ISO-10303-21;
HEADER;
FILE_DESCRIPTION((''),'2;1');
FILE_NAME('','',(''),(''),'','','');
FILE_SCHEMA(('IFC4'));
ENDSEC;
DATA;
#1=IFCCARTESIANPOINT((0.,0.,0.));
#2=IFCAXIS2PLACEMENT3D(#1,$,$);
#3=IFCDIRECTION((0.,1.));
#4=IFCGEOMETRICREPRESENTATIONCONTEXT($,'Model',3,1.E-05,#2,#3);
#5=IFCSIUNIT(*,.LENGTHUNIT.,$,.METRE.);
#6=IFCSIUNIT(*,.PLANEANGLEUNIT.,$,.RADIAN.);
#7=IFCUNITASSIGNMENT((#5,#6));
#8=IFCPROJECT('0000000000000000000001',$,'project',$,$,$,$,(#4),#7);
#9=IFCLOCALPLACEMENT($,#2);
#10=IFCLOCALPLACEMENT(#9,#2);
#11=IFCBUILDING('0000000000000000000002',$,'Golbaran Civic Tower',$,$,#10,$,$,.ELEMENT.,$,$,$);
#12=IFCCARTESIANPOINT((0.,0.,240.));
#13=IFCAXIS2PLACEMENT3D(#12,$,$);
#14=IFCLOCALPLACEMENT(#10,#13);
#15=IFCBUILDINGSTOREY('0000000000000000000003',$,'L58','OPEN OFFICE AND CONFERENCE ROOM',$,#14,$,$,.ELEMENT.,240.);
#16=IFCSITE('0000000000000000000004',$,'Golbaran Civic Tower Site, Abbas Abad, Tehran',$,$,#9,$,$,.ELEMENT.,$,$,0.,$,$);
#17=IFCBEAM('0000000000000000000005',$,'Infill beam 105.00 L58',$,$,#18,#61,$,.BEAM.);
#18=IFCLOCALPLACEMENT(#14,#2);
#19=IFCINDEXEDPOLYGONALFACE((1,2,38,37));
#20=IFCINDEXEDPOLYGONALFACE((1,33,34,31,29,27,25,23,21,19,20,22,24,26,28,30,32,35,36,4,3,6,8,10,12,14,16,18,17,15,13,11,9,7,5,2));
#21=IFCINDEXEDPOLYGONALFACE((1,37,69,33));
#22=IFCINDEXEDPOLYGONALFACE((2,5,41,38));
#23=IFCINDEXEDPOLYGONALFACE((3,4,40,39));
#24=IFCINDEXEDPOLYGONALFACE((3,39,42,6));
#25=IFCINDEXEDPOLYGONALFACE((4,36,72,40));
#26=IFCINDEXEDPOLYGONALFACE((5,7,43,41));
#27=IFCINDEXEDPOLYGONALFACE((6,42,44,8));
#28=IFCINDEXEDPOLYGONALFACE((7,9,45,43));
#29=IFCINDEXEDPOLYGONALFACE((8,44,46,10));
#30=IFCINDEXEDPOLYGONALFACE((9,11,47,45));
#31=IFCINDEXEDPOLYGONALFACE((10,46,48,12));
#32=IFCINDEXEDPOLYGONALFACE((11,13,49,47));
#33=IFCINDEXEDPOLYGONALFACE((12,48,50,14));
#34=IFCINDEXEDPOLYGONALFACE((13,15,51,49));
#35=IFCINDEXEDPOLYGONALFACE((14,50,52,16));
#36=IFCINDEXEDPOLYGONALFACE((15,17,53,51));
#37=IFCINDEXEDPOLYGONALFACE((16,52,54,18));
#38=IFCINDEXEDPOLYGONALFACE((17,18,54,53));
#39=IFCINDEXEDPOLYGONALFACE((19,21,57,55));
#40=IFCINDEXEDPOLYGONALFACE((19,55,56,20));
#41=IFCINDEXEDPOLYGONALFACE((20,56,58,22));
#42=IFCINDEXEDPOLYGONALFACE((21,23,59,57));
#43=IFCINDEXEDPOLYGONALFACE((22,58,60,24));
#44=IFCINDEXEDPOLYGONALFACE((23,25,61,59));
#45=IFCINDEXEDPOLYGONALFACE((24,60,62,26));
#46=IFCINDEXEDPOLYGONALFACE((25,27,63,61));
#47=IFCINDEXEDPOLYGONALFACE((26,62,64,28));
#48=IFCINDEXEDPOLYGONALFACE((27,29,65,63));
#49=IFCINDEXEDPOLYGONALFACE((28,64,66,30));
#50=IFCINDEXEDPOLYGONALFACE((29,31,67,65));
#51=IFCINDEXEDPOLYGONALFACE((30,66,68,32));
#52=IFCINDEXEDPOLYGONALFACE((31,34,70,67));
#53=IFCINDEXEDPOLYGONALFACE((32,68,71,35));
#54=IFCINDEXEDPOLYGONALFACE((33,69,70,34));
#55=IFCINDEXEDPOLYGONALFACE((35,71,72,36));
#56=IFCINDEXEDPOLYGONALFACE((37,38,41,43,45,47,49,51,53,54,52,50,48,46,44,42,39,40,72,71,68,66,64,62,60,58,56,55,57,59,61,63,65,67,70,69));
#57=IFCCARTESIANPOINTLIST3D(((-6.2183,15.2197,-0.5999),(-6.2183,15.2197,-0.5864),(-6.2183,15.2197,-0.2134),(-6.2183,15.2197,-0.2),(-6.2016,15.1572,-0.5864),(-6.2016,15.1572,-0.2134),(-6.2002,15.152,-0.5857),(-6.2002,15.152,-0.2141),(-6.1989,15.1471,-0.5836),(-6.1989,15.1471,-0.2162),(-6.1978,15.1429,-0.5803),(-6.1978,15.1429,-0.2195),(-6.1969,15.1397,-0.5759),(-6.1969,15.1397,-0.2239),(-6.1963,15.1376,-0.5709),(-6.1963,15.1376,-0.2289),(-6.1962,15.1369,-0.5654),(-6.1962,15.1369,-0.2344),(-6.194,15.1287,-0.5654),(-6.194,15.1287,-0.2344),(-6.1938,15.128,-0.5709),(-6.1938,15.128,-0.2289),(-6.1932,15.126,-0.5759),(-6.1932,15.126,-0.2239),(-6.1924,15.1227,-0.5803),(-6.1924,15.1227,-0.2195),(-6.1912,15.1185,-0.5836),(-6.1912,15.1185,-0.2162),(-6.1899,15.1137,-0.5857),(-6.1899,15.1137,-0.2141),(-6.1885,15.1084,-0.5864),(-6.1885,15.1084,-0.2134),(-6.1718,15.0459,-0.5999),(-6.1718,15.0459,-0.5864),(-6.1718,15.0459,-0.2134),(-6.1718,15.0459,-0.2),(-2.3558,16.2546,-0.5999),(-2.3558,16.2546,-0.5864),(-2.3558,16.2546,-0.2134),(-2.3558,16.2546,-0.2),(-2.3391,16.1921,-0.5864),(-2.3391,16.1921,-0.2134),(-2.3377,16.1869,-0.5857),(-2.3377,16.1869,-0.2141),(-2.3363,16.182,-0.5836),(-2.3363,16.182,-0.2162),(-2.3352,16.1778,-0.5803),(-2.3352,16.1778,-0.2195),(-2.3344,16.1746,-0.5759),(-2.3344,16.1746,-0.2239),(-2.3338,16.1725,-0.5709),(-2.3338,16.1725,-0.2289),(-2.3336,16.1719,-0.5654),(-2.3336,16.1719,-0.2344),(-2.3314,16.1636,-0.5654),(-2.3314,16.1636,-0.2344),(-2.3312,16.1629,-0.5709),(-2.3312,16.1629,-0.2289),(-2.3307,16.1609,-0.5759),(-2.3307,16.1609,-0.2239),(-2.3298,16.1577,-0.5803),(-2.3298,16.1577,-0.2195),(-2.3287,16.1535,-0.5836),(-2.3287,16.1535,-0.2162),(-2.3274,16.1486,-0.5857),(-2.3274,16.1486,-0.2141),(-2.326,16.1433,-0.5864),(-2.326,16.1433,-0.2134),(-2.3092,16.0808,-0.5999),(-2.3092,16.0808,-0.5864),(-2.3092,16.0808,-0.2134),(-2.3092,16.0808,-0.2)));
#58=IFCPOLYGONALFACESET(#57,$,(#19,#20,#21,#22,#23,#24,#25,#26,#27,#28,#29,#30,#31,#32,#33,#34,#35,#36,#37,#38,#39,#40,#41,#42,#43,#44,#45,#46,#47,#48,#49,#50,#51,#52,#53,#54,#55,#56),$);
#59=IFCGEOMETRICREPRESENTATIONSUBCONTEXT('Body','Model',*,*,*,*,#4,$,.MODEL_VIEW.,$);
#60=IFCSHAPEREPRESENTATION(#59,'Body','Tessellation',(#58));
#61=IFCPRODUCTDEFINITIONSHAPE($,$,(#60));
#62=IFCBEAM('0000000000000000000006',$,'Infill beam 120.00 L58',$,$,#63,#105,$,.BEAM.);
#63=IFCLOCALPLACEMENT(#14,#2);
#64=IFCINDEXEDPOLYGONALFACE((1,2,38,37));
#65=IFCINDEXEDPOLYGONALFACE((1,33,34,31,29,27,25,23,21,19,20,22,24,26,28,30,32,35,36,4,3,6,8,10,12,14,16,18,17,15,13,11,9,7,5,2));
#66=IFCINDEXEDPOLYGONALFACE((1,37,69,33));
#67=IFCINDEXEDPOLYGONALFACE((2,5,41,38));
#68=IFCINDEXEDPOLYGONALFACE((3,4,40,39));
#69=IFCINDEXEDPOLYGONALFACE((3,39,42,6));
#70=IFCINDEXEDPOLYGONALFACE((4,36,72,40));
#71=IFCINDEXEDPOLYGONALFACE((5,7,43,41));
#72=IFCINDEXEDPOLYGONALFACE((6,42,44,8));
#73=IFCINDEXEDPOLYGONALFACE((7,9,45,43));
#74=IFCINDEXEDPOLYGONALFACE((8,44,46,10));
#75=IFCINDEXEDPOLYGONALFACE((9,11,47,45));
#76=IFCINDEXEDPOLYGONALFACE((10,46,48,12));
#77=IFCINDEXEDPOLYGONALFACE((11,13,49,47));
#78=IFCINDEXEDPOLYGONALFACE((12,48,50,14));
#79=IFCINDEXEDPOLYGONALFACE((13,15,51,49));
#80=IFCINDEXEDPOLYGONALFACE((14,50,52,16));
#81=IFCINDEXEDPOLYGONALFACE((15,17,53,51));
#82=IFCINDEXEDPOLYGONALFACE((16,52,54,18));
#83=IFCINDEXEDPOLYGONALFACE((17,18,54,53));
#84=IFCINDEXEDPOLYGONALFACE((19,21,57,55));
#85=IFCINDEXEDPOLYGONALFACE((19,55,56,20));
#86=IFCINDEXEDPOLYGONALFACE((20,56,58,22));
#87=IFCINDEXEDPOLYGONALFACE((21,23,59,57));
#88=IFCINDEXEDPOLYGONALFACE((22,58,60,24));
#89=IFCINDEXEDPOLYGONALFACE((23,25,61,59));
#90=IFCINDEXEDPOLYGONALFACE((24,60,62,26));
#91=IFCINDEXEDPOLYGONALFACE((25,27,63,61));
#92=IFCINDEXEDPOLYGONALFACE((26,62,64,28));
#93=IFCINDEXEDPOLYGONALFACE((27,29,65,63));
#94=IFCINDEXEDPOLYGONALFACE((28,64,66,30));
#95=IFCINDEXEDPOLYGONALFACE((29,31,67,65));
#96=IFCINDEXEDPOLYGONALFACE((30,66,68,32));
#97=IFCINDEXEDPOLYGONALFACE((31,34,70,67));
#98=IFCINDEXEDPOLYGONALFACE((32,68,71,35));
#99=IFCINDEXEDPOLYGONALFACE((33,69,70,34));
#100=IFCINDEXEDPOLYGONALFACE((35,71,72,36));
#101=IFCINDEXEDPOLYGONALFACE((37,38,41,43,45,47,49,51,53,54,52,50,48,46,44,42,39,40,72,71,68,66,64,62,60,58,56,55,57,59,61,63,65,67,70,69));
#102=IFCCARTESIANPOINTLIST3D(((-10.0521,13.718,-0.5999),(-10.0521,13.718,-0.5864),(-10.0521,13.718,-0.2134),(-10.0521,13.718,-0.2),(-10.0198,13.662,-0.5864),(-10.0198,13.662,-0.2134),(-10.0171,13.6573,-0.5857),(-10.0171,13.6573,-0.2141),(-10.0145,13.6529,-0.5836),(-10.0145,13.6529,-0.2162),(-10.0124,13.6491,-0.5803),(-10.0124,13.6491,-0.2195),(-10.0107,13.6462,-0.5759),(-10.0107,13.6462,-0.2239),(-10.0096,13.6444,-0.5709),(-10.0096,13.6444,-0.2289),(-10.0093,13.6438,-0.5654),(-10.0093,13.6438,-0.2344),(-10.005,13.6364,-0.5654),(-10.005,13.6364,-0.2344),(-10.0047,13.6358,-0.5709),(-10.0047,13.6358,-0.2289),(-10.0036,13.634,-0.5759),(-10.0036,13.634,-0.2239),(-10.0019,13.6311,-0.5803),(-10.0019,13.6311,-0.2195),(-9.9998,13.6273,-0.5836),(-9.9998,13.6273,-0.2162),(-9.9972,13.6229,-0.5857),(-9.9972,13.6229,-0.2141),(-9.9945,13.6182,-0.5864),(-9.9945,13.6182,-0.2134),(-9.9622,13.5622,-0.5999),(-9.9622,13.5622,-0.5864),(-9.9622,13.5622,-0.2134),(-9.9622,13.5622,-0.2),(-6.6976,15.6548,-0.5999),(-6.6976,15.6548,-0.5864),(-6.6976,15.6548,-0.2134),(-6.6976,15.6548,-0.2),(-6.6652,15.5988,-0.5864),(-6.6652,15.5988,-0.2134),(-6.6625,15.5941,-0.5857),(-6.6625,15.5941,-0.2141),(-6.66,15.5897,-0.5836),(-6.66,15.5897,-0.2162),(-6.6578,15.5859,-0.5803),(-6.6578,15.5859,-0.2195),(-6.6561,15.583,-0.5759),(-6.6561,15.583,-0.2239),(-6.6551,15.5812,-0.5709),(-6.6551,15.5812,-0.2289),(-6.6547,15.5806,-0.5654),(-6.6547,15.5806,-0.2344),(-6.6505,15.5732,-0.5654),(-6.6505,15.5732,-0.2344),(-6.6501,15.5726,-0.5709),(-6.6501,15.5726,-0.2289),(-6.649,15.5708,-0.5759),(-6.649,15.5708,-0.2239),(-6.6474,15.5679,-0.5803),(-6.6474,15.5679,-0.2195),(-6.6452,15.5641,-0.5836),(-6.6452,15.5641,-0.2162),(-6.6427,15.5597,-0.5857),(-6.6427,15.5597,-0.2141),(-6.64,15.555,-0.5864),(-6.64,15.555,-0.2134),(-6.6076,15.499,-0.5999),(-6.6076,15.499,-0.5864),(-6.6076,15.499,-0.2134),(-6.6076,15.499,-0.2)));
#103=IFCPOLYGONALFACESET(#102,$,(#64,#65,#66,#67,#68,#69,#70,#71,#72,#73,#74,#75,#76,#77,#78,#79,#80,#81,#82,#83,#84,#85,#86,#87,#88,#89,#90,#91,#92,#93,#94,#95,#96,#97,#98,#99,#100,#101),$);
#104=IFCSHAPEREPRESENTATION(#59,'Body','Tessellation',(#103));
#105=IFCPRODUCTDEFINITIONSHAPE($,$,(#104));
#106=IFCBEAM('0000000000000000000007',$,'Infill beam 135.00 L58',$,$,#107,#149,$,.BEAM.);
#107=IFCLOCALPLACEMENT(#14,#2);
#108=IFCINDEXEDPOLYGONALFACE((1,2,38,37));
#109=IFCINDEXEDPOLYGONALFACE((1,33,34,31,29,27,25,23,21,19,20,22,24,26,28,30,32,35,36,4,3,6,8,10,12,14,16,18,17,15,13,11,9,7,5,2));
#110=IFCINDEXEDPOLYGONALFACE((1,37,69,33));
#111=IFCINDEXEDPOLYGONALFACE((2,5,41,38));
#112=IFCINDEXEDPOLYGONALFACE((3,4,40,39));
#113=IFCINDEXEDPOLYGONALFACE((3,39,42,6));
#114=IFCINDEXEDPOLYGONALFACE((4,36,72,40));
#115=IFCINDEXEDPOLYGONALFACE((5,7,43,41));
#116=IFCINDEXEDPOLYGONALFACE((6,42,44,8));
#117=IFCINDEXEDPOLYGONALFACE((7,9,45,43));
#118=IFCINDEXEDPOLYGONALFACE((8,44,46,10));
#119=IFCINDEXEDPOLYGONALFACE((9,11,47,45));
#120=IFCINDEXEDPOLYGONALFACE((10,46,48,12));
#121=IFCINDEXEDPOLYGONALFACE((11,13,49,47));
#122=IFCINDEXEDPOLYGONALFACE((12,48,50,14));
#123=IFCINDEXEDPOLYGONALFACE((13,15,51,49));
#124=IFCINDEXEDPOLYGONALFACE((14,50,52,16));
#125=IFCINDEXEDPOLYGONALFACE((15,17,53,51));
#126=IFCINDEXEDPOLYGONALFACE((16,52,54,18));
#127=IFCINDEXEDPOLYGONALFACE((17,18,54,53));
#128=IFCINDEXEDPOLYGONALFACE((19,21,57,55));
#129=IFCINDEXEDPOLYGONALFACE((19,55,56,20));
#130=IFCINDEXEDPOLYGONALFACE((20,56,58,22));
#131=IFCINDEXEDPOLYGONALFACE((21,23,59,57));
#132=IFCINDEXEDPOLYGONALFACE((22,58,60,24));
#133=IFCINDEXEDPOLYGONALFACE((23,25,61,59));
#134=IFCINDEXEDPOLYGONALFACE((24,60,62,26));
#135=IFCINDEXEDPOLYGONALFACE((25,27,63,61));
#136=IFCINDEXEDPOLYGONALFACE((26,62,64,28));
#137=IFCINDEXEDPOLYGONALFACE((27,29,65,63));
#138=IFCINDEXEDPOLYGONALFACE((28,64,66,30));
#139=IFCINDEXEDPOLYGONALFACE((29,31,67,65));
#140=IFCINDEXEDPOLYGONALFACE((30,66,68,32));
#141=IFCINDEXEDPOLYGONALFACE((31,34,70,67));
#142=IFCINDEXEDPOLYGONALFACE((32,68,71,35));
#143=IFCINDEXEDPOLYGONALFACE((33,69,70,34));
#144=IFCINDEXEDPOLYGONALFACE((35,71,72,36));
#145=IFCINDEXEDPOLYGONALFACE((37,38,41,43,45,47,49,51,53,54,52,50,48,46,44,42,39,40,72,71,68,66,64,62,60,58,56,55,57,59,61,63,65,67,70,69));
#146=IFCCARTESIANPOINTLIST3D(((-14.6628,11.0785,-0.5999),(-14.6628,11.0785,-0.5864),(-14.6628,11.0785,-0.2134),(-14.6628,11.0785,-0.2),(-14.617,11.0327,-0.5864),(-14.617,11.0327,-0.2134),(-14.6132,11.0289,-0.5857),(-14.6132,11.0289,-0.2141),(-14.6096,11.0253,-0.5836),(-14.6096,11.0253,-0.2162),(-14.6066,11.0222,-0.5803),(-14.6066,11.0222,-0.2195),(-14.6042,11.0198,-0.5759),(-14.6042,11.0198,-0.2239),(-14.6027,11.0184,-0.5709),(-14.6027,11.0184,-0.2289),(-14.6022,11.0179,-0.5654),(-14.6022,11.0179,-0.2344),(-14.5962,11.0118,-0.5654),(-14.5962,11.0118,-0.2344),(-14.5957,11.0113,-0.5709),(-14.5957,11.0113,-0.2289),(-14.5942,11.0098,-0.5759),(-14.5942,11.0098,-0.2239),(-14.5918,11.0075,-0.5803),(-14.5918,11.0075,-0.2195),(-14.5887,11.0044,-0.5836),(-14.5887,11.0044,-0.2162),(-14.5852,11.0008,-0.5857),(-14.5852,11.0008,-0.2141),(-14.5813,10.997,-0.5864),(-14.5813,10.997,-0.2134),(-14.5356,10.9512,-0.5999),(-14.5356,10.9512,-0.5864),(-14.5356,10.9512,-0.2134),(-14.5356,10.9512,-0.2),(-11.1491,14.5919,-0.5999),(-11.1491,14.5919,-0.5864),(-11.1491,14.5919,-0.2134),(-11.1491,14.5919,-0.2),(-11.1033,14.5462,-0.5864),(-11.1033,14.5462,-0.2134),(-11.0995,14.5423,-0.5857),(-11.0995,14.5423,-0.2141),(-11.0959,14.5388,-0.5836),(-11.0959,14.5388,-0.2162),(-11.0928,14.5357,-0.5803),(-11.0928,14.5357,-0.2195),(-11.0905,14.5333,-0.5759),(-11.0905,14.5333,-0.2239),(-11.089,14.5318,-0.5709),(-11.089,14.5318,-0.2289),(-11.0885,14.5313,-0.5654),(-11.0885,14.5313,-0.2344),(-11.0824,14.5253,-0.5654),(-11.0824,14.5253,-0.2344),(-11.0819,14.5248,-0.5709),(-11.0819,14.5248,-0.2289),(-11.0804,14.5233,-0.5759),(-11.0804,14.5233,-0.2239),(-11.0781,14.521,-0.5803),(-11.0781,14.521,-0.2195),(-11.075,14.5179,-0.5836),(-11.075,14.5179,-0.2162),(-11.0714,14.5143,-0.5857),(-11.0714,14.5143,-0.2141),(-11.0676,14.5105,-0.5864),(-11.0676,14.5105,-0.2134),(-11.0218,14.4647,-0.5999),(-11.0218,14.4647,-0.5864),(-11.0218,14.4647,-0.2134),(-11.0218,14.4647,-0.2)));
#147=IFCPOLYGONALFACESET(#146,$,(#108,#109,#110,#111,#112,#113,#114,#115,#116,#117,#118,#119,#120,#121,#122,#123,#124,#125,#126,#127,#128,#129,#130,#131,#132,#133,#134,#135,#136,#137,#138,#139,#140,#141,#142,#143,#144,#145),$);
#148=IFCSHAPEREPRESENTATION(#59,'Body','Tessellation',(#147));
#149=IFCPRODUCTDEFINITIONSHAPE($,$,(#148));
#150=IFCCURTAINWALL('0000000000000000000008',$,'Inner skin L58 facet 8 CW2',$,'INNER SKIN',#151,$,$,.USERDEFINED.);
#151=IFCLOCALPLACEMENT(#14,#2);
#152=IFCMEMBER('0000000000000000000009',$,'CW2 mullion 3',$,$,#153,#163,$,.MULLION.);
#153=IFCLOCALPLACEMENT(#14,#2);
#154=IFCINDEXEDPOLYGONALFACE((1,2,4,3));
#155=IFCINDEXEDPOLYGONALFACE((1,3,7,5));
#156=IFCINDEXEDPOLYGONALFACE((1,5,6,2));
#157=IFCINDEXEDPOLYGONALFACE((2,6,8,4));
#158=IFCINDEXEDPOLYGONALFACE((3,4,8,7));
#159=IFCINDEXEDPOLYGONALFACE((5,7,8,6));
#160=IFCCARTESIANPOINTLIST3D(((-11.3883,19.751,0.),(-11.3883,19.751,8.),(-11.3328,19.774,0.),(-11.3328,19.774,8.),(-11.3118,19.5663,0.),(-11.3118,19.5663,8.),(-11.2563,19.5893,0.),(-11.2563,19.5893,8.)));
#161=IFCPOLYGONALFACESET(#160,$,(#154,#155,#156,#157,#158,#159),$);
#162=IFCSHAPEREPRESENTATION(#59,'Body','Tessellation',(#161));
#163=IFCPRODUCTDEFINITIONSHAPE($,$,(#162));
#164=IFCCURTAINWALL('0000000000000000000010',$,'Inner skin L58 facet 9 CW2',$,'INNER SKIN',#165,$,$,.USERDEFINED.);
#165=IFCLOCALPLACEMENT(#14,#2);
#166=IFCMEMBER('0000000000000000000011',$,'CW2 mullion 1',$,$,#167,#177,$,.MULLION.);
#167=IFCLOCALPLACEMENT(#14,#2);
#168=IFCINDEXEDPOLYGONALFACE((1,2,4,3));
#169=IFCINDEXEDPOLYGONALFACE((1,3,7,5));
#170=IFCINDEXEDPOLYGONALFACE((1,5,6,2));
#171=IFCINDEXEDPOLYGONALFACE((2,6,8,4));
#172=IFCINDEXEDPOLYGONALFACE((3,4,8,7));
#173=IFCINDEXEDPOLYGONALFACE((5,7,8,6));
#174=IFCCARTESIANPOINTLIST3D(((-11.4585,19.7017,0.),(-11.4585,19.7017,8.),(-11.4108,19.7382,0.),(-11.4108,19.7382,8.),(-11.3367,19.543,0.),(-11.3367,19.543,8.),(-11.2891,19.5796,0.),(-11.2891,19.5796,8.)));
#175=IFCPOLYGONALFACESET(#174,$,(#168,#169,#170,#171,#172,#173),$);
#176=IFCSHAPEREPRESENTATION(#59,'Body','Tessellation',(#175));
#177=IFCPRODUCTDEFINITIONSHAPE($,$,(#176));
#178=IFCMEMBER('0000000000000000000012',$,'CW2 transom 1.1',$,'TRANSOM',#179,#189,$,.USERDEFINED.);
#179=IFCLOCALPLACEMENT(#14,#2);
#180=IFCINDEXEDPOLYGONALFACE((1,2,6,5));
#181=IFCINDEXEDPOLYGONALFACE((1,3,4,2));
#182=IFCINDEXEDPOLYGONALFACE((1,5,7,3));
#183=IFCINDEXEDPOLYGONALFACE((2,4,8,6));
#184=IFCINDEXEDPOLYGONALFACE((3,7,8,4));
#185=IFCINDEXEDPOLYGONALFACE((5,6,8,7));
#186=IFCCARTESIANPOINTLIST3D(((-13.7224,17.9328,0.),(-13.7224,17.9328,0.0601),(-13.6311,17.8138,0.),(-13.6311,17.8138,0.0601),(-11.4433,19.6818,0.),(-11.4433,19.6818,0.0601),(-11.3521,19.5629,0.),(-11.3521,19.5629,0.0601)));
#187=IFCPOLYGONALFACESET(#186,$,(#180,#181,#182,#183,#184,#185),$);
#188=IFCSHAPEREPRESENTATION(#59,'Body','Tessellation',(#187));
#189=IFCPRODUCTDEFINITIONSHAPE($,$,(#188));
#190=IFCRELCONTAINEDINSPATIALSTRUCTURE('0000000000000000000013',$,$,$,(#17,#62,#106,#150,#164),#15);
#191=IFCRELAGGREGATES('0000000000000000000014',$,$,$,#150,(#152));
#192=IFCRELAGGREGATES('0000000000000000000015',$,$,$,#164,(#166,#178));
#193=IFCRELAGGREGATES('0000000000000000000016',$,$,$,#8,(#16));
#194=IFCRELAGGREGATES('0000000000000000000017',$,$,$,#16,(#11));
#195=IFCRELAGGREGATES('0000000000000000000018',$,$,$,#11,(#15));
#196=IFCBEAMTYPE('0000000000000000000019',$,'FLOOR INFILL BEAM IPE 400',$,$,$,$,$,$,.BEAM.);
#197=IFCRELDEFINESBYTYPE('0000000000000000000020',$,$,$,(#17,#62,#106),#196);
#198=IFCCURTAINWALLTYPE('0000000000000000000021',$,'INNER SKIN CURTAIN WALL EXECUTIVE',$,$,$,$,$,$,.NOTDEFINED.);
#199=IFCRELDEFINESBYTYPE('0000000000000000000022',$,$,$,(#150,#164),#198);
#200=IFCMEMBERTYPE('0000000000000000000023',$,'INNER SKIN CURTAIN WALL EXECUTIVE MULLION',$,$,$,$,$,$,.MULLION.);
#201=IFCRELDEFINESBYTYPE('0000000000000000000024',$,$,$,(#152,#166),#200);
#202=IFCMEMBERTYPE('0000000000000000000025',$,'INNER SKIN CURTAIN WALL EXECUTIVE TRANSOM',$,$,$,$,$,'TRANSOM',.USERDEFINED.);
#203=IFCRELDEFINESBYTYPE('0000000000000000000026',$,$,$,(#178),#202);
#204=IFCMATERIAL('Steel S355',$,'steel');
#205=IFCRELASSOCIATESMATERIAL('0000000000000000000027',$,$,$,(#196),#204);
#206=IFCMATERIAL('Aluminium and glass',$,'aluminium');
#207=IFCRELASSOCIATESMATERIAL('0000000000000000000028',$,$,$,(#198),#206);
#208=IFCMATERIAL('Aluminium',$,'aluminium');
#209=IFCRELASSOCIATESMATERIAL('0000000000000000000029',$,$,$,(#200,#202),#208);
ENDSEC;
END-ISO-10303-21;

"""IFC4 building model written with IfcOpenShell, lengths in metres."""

from ifc_helpers import new_model, si_unit, direction, frame, origin, origin_2d, place, context, subcontext, project, spatial, rectangle, i_section, extrude, material, material_profile, profile_set, type_object, element, aggregate, save


model = new_model("IFC4")

# Units and contexts
model_context = context("Model", 3, precision=1e-05, world=origin(), true_north=direction((0.0, 1.0)))
body_context = subcontext(model_context, "Body", "Model", "MODEL_VIEW")
ifc_project = project(units=[si_unit("LENGTHUNIT", "METRE"), si_unit("PLANEANGLEUNIT", "RADIAN")], contexts=[model_context])

# Site, building, storey
site_placement = place(None, origin())
site = spatial("IfcSite", under=ifc_project, at=site_placement, Name="Golbaran Civic Tower Site, Abbas Abad, Tehran", CompositionType="ELEMENT", RefElevation=0.0)
building_placement = place(site_placement, origin())
building = spatial("IfcBuilding", under=site, at=building_placement, Name="Golbaran Civic Tower", CompositionType="ELEMENT")
storey_placement = place(building_placement, frame((0.0, 0.0, 240.0)))
storey = spatial("IfcBuildingStorey", under=building, at=storey_placement, Name="L58", Description="OPEN OFFICE AND CONFERENCE ROOM", CompositionType="ELEMENT", Elevation=240.0)

# Beams
ifc_material_1 = material(Name="Steel S355", Category="steel")
ifc_material_profile_1 = material_profile(ifc_material_1, i_section(OverallWidth=0.1799, OverallDepth=0.3999, WebThickness=0.0085, FlangeThickness=0.0134, FilletRadius=0.021, at=origin_2d()), Name="IPE 400")
ifc_profile_set_1 = profile_set([ifc_material_profile_1], Name="Steel S355")
beam_type_1 = type_object("IfcBeamType", Name="FLOOR INFILL BEAM IPE 400", PredefinedType="BEAM", material=ifc_profile_set_1)
beam_1_placement = place(storey_placement, frame((-2.3325, 16.1677, -0.3999), z_axis=(-0.965929, -0.258806, 0.0), x_axis=(0.258806, -0.965929, 0.0)))
element("IfcBeam", 1, at=beam_1_placement, inside=storey, type_object=beam_type_1, Name="Infill beam 105.00 L58", PredefinedType="BEAM", context=body_context, shape_type="SweptSolid", body=[
    extrude(i_section(OverallWidth=0.1799, OverallDepth=0.3999, WebThickness=0.0085, FlangeThickness=0.0134, FilletRadius=0.021, at=origin_2d()), origin(), (0.0, 0.0, 1.0), 3.9988),
])
beam_2_placement = place(storey_placement, frame((-6.6526, 15.5769, -0.3999), z_axis=(-0.86602, -0.50001, 0.0), x_axis=(0.50001, -0.86602, 0.0)))
element("IfcBeam", 2, at=beam_2_placement, inside=storey, type_object=beam_type_1, Name="Infill beam 120.00 L58", PredefinedType="BEAM", context=body_context, shape_type="SweptSolid", body=[
    extrude(i_section(OverallWidth=0.1799, OverallDepth=0.3999, WebThickness=0.0085, FlangeThickness=0.0134, FilletRadius=0.021, at=origin_2d()), origin(), (0.0, 0.0, 1.0), 3.8735),
])
beam_3_placement = place(storey_placement, frame((-11.0854, 14.5283, -0.3999), z_axis=(-0.707131, -0.707082, 0.0), x_axis=(0.707082, -0.707131, 0.0)))
element("IfcBeam", 3, at=beam_3_placement, inside=storey, type_object=beam_type_1, Name="Infill beam 135.00 L58", PredefinedType="BEAM", context=body_context, shape_type="SweptSolid", body=[
    extrude(i_section(OverallWidth=0.1799, OverallDepth=0.3999, WebThickness=0.0085, FlangeThickness=0.0134, FilletRadius=0.021, at=origin_2d()), origin(), (0.0, 0.0, 1.0), 4.969),
])

# Curtain wall, member
ifc_material_2 = material(Name="Aluminium and glass", Category="aluminium")
curtain_wall_type = type_object("IfcCurtainWallType", Name="INNER SKIN CURTAIN WALL EXECUTIVE", PredefinedType="NOTDEFINED", material=ifc_material_2)
curtain_wall_1_placement = place(storey_placement, origin())
curtain_wall_1 = element("IfcCurtainWall", 4, at=curtain_wall_1_placement, inside=storey, type_object=curtain_wall_type, Name="Inner skin L58 facet 8 CW2", ObjectType="INNER SKIN", PredefinedType="USERDEFINED")
ifc_material_3 = material(Name="Aluminium", Category="aluminium")
ifc_material_profile_2 = material_profile(ifc_material_3, rectangle(XDim=0.2, YDim=0.0601, at=origin_2d()), Name="INNER SKIN CURTAIN WALL EXECUTIVE MULLION")
ifc_profile_set_2 = profile_set([ifc_material_profile_2], Name="Aluminium")
member_type_1 = type_object("IfcMemberType", Name="INNER SKIN CURTAIN WALL EXECUTIVE MULLION", PredefinedType="MULLION", material=ifc_profile_set_2)
member_1_placement = place(storey_placement, frame((-11.3223, 19.6702, 0.0), z_axis=(0.0, 0.0, 1.0), x_axis=(0.382683, -0.92388, 0.0)))
member_1 = element("IfcMember", 5, at=member_1_placement, type_object=member_type_1, Name="CW2 mullion 3", PredefinedType="MULLION", context=body_context, shape_type="SweptSolid", body=[
    extrude(rectangle(XDim=0.2, YDim=0.0601, at=origin_2d()), origin(), (0.0, 0.0, 1.0), 8.0),
])

# Curtain wall, members
curtain_wall_2_placement = place(storey_placement, origin())
curtain_wall_2 = element("IfcCurtainWall", 6, at=curtain_wall_2_placement, inside=storey, type_object=curtain_wall_type, Name="Inner skin L58 facet 9 CW2", ObjectType="INNER SKIN", PredefinedType="USERDEFINED")
member_2_placement = place(storey_placement, frame((-11.3738, 19.6406, 0.0), z_axis=(0.0, 0.0, 1.0), x_axis=(0.608761, -0.793353, 0.0)))
member_2 = element("IfcMember", 7, at=member_2_placement, type_object=member_type_1, Name="CW2 mullion 1", PredefinedType="MULLION", context=body_context, shape_type="SweptSolid", body=[
    extrude(rectangle(XDim=0.2, YDim=0.0601, at=origin_2d()), origin(), (0.0, 0.0, 1.0), 8.0),
])
ifc_material_profile_3 = material_profile(ifc_material_3, rectangle(XDim=0.1499, YDim=0.0601, at=origin_2d()), Name="INNER SKIN CURTAIN WALL EXECUTIVE TRANSOM")
ifc_profile_set_3 = profile_set([ifc_material_profile_3], Name="Aluminium")
member_type_2 = type_object("IfcMemberType", Name="INNER SKIN CURTAIN WALL EXECUTIVE TRANSOM", ElementType="TRANSOM", PredefinedType="USERDEFINED", material=ifc_profile_set_3)
member_3_placement = place(storey_placement, frame((-11.3977, 19.6223, 0.03), z_axis=(-0.793312, -0.608815, 0.0), x_axis=(0.608815, -0.793312, 0.0)))
member_3 = element("IfcMember", 8, at=member_3_placement, type_object=member_type_2, Name="CW2 transom 1.1", ObjectType="TRANSOM", PredefinedType="USERDEFINED", context=body_context, shape_type="SweptSolid", body=[
    extrude(rectangle(XDim=0.1499, YDim=0.0601, at=origin_2d()), origin(), (0.0, 0.0, 1.0), 2.8728),
])

aggregate(curtain_wall_1, [member_1])
aggregate(curtain_wall_2, [member_2, member_3])

save(model, "model.ifc")
